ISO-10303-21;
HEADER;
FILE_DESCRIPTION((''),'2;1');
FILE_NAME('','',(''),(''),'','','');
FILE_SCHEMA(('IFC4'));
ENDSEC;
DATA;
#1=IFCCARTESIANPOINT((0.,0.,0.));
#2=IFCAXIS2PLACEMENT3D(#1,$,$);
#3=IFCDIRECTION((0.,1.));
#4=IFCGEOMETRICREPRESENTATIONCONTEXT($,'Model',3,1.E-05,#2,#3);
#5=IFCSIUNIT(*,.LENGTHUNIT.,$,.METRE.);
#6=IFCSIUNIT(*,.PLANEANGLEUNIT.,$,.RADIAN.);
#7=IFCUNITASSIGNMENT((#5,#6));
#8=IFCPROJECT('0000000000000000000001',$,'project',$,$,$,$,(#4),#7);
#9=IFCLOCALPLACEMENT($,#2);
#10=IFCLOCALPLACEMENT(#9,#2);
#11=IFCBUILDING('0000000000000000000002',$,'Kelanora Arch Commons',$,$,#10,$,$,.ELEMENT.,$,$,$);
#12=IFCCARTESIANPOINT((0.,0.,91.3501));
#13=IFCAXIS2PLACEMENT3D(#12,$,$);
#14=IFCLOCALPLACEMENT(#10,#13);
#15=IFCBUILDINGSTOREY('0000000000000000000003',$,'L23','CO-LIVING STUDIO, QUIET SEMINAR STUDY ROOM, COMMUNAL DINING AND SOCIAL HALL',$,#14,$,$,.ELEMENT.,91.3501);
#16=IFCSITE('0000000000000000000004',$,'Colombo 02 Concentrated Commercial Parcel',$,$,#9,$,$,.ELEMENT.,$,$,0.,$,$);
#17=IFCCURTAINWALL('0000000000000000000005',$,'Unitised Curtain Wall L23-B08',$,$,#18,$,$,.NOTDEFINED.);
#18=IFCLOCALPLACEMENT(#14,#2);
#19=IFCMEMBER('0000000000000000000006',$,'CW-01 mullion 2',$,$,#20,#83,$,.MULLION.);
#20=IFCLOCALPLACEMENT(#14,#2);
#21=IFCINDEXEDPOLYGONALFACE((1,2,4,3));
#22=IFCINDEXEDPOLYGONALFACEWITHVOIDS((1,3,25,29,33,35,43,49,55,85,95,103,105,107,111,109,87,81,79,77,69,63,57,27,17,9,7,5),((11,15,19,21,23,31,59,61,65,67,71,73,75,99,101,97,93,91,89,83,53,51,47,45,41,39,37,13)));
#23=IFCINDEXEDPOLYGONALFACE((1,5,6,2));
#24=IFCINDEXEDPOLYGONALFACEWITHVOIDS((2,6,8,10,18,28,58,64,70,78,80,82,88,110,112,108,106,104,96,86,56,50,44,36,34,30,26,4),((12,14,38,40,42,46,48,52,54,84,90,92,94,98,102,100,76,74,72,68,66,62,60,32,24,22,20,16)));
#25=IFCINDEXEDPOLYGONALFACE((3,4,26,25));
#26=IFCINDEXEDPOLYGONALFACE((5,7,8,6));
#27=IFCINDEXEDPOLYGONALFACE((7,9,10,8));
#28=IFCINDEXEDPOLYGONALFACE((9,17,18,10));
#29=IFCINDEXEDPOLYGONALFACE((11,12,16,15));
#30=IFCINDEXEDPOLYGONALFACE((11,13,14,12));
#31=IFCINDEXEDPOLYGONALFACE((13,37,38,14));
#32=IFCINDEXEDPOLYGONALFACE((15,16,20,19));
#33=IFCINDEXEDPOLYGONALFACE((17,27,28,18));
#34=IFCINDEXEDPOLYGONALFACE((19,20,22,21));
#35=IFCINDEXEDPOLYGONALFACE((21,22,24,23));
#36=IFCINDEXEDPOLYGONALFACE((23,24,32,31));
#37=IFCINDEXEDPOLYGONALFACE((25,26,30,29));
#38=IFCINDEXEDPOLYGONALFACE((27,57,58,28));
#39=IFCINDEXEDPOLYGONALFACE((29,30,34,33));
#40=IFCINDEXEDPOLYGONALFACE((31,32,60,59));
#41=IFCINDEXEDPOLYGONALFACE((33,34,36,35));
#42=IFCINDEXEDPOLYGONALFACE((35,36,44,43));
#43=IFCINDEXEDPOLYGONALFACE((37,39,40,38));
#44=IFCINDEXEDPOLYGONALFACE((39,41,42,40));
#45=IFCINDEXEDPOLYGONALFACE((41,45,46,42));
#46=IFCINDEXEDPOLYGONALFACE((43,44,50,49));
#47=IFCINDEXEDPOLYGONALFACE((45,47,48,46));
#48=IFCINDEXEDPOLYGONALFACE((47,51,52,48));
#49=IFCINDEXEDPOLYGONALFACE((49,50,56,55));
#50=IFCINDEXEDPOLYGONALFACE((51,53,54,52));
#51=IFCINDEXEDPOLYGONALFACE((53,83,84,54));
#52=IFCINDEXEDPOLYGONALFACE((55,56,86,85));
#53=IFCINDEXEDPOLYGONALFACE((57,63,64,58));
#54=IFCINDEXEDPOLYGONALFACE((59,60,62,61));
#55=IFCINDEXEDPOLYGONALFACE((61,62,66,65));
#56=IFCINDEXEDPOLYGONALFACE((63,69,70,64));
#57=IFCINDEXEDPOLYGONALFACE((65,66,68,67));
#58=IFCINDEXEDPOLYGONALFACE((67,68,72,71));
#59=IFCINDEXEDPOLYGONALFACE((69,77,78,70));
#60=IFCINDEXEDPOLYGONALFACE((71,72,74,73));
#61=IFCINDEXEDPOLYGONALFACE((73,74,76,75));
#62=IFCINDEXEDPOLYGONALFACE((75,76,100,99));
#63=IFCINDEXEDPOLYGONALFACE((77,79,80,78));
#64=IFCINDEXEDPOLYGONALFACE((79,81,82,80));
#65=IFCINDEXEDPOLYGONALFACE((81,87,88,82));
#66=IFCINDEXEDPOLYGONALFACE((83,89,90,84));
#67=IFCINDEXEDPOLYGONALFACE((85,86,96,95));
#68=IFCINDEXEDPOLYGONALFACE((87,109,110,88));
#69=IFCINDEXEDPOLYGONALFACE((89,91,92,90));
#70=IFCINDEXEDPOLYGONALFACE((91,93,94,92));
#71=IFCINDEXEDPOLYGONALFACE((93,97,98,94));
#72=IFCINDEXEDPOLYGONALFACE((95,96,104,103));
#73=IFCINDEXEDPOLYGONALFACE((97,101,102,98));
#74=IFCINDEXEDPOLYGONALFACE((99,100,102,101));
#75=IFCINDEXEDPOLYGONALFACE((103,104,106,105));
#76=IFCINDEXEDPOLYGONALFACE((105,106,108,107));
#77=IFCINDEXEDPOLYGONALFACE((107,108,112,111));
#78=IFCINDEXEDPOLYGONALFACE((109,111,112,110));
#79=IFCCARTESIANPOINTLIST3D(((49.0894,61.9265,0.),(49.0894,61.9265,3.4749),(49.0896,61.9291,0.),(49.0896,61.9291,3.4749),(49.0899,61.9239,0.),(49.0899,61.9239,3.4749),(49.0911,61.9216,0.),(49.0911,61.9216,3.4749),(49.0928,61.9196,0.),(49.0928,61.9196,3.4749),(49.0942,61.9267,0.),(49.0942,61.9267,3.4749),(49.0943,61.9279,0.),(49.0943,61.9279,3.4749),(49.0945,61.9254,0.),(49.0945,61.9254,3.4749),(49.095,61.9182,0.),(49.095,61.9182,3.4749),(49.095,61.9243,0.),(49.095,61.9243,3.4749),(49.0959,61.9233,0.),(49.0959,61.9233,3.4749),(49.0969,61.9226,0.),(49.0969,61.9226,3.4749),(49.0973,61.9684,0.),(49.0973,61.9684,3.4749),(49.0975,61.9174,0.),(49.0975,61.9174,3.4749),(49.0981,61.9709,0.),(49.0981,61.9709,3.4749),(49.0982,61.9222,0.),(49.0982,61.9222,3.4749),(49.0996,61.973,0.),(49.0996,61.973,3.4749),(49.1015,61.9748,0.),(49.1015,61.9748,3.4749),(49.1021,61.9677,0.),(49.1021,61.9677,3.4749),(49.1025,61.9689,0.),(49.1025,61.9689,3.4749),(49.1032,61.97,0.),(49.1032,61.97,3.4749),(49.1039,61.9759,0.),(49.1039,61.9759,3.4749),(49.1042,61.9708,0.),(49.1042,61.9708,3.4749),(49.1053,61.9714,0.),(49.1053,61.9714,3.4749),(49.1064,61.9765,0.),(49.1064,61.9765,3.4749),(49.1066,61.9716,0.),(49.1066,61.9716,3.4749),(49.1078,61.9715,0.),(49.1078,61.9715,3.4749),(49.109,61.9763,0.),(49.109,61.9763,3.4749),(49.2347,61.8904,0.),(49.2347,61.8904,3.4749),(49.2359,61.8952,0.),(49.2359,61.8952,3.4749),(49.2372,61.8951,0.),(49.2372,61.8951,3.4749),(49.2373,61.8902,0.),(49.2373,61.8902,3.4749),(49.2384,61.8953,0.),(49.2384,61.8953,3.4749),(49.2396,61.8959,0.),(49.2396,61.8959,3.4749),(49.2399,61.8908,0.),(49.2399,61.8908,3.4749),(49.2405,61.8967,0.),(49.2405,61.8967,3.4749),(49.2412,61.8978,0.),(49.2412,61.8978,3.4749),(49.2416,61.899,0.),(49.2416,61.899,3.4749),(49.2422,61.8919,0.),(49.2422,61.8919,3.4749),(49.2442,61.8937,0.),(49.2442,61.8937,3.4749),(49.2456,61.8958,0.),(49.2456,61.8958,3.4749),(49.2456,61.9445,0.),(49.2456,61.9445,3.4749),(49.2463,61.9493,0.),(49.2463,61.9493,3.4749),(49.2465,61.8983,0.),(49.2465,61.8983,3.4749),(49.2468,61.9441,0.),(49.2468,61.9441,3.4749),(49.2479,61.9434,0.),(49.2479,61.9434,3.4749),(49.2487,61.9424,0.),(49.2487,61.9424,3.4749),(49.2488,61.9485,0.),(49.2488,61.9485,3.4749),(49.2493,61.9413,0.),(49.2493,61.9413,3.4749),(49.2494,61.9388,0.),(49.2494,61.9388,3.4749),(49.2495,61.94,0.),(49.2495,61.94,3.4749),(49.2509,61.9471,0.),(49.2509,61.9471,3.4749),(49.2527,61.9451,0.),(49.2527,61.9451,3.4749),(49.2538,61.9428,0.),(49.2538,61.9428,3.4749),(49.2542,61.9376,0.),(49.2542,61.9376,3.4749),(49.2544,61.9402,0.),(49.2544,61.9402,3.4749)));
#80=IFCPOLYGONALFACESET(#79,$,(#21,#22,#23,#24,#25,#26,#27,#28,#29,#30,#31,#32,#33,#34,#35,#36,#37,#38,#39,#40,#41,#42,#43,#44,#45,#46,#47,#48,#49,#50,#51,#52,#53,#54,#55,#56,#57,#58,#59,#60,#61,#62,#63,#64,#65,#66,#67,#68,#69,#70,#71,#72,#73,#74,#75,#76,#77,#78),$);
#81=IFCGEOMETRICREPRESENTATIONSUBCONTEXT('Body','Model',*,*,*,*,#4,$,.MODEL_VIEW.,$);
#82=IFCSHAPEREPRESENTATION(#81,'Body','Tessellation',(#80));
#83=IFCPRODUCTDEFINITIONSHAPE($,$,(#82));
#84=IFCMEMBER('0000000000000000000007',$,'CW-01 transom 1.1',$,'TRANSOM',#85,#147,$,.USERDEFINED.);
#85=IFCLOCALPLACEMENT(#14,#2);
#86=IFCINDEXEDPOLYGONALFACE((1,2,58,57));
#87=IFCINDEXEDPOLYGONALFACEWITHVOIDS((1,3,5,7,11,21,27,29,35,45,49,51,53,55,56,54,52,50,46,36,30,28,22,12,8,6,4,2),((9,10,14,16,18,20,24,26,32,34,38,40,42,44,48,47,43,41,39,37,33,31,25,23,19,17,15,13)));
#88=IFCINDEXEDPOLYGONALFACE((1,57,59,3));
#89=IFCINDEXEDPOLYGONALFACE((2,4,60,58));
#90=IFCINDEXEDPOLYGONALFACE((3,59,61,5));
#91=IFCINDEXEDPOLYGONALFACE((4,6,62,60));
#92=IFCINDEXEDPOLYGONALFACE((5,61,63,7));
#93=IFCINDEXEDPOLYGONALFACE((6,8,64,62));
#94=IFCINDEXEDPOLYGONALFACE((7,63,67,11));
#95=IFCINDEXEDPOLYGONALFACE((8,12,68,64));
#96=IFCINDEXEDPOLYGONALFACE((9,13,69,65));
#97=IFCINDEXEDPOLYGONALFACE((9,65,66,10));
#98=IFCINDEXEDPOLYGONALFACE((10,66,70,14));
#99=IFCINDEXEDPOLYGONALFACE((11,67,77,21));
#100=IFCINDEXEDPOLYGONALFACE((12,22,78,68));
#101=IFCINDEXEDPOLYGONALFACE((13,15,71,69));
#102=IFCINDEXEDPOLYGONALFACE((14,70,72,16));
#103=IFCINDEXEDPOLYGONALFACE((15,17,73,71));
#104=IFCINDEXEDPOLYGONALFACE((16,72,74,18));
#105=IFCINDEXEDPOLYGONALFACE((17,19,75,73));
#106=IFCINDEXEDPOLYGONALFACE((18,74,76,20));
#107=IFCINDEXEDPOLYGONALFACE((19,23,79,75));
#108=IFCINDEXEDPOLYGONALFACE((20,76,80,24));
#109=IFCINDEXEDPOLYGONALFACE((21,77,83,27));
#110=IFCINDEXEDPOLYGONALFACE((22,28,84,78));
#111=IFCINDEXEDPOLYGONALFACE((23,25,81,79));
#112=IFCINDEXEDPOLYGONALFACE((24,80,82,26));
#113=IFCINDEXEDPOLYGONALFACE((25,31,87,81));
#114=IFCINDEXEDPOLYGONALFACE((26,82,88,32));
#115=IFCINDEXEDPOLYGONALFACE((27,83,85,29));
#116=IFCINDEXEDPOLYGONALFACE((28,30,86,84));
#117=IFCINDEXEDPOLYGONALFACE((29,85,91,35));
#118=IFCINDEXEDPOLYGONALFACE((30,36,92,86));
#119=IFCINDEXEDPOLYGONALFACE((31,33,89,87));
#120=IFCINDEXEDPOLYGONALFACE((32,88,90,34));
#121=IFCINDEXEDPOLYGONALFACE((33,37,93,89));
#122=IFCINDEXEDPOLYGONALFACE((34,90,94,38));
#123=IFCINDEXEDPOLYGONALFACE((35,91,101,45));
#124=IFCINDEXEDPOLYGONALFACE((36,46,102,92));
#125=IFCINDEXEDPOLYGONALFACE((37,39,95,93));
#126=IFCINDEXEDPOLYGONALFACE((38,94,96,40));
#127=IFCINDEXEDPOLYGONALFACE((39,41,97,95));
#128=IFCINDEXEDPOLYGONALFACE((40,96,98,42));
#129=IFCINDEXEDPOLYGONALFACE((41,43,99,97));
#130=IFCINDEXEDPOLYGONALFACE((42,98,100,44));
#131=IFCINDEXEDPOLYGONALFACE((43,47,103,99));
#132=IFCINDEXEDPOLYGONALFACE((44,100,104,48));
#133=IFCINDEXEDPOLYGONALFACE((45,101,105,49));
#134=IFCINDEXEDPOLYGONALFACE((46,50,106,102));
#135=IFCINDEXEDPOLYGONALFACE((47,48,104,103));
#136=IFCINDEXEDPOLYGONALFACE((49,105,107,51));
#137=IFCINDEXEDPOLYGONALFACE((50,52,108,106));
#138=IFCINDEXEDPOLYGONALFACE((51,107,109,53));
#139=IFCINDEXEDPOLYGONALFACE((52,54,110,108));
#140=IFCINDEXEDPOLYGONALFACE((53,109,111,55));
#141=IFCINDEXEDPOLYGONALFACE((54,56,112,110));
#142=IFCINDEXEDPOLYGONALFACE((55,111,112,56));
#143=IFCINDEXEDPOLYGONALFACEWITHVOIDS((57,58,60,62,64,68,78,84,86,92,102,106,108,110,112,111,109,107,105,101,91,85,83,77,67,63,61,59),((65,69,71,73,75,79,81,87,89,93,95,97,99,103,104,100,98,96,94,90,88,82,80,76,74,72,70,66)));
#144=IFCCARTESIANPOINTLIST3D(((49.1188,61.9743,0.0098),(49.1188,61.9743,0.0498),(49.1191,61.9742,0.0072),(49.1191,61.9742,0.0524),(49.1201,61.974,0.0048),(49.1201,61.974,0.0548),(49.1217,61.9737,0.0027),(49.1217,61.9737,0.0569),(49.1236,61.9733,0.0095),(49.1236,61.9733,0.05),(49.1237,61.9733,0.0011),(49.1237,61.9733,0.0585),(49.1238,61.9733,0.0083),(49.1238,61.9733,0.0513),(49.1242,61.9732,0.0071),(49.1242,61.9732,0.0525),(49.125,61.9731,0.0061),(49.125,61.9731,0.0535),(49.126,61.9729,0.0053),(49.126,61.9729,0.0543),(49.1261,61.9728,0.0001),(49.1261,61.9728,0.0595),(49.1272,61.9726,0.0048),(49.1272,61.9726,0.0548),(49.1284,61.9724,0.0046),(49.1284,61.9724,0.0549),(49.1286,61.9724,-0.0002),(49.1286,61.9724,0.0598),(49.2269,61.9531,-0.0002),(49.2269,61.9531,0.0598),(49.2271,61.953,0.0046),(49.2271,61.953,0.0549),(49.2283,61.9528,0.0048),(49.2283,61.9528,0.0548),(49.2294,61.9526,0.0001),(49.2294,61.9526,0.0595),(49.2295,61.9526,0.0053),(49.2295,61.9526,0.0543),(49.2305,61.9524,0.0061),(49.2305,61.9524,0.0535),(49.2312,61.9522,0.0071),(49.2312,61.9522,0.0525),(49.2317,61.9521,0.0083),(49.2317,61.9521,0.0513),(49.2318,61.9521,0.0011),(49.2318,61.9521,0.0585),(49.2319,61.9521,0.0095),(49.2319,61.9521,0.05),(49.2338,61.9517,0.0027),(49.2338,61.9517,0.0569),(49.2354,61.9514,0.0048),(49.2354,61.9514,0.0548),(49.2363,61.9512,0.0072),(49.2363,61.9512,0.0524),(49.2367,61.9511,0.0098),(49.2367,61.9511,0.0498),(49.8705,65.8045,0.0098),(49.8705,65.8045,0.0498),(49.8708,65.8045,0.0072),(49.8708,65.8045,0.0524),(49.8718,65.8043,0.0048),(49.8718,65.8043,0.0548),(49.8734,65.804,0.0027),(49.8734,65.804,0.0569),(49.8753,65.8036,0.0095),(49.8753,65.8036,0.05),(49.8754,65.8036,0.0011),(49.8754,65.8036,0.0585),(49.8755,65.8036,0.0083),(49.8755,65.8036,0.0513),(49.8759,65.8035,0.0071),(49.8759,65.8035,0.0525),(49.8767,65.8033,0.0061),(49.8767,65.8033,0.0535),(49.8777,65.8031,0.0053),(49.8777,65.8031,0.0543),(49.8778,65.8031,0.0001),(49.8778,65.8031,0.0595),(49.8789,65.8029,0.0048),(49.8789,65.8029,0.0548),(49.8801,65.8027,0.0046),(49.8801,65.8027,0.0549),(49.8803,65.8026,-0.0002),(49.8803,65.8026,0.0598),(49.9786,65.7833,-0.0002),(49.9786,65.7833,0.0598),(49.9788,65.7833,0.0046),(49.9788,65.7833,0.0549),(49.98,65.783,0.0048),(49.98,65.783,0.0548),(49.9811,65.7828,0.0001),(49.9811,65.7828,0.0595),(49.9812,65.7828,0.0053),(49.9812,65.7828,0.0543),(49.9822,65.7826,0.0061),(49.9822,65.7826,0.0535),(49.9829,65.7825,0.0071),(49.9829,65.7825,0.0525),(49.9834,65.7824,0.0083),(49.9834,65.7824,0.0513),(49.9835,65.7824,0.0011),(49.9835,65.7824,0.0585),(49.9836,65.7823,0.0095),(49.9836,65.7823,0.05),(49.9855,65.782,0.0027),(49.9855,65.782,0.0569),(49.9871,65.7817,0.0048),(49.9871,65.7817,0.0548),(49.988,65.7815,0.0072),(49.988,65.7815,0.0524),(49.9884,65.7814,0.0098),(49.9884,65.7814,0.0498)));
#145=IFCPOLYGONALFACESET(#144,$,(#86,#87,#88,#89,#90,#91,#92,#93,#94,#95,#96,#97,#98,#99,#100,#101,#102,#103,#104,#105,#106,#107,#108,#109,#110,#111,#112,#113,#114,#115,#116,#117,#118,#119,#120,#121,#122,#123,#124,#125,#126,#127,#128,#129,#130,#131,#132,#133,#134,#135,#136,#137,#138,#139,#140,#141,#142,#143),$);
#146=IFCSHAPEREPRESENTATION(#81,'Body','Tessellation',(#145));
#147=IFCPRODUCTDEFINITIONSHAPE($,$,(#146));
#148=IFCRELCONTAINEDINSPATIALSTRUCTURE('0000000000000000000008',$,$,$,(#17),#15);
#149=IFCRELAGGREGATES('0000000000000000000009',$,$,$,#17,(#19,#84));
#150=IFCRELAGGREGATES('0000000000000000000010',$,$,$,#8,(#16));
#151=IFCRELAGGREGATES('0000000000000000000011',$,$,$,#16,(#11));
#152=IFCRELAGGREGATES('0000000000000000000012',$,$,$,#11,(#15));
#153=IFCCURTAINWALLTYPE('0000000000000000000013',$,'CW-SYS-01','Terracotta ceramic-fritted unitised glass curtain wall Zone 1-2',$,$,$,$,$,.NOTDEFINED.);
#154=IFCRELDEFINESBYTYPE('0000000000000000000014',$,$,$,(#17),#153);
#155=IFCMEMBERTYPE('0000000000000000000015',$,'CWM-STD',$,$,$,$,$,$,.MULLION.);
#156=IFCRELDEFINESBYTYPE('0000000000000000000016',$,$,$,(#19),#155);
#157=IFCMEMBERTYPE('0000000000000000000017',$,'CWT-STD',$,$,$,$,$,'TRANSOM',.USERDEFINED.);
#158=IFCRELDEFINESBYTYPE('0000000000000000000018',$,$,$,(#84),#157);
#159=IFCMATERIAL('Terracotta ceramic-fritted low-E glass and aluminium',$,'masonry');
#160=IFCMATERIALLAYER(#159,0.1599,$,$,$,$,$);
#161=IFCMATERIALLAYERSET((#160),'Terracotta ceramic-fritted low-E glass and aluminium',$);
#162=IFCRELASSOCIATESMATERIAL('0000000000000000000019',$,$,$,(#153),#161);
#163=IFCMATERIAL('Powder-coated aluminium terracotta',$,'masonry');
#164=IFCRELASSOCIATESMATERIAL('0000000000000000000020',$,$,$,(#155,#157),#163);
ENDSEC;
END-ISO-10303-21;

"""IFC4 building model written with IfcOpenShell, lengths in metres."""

from ifc_helpers import new_model, si_unit, direction, frame, origin, origin_2d, place, context, subcontext, project, spatial, hollow_rectangle, extrude, material, layer, layer_set, material_profile, profile_set, type_object, element, aggregate, save


model = new_model("IFC4")

# Units and contexts
model_context = context("Model", 3, precision=1e-05, world=origin(), true_north=direction((0.0, 1.0)))
body_context = subcontext(model_context, "Body", "Model", "MODEL_VIEW")
ifc_project = project(units=[si_unit("LENGTHUNIT", "METRE"), si_unit("PLANEANGLEUNIT", "RADIAN")], contexts=[model_context])

# Site, building, storey
site_placement = place(None, origin())
site = spatial("IfcSite", under=ifc_project, at=site_placement, Name="Colombo 02 Concentrated Commercial Parcel", CompositionType="ELEMENT", RefElevation=0.0)
building_placement = place(site_placement, origin())
building = spatial("IfcBuilding", under=site, at=building_placement, Name="Kelanora Arch Commons", CompositionType="ELEMENT")
storey_placement = place(building_placement, frame((0.0, 0.0, 91.3501)))
storey = spatial("IfcBuildingStorey", under=building, at=storey_placement, Name="L23", Description="CO-LIVING STUDIO, QUIET SEMINAR STUDY ROOM, COMMUNAL DINING AND SOCIAL HALL", CompositionType="ELEMENT", Elevation=91.3501)

# Curtain wall, members
ifc_material_1 = material(Name="Terracotta ceramic-fritted low-E glass and aluminium", Category="masonry")
ifc_layer_1 = layer(ifc_material_1, 0.1599)
ifc_layer_set_1 = layer_set([ifc_layer_1], Name="Terracotta ceramic-fritted low-E glass and aluminium")
curtain_wall_type = type_object("IfcCurtainWallType", Name="CW-SYS-01", Description="Terracotta ceramic-fritted unitised glass curtain wall Zone 1-2", PredefinedType="NOTDEFINED", material=ifc_layer_set_1)
curtain_wall_placement = place(storey_placement, origin())
curtain_wall = element("IfcCurtainWall", 1, at=curtain_wall_placement, inside=storey, type_object=curtain_wall_type, Name="Unitised Curtain Wall L23-B08", PredefinedType="NOTDEFINED")
ifc_material_2 = material(Name="Powder-coated aluminium terracotta", Category="masonry")
ifc_material_profile_1 = material_profile(ifc_material_2, hollow_rectangle(XDim=0.1599, YDim=0.0601, WallThickness=0.0049, InnerFilletRadius=0.0049, OuterFilletRadius=0.01, at=origin_2d()), Name="CWM160x60")
ifc_profile_set_1 = profile_set([ifc_material_profile_1], Name="Powder-coated aluminium terracotta")
member_type_1 = type_object("IfcMemberType", Name="CWM-STD", PredefinedType="MULLION", material=ifc_profile_set_1)
member_1_placement = place(storey_placement, frame((49.1719, 61.9333, 0.0), z_axis=(0.0, 0.0, 1.0), x_axis=(0.98128, -0.192585, 0.0)))
member_1 = element("IfcMember", 2, at=member_1_placement, type_object=member_type_1, Name="CW-01 mullion 2", PredefinedType="MULLION", context=body_context, shape_type="SweptSolid", body=[
    extrude(hollow_rectangle(XDim=0.1599, YDim=0.0601, WallThickness=0.0049, InnerFilletRadius=0.0049, OuterFilletRadius=0.01, at=origin_2d()), origin(), (0.0, 0.0, 1.0), 3.4749),
])
ifc_material_profile_2 = material_profile(ifc_material_2, hollow_rectangle(XDim=0.1201, YDim=0.0601, WallThickness=0.0049, InnerFilletRadius=0.0049, OuterFilletRadius=0.01, at=origin_2d()), Name="CWT120x60")
ifc_profile_set_2 = profile_set([ifc_material_profile_2], Name="Powder-coated aluminium terracotta")
member_type_2 = type_object("IfcMemberType", Name="CWT-STD", ElementType="TRANSOM", PredefinedType="USERDEFINED", material=ifc_profile_set_2)
member_2_placement = place(storey_placement, frame((49.9294, 65.793, 0.0298), z_axis=(-0.192579, -0.981282, 0.0), x_axis=(0.981282, -0.192579, 0.0)))
member_2 = element("IfcMember", 3, at=member_2_placement, type_object=member_type_2, Name="CW-01 transom 1.1", ObjectType="TRANSOM", PredefinedType="USERDEFINED", context=body_context, shape_type="SweptSolid", body=[
    extrude(hollow_rectangle(XDim=0.1201, YDim=0.0601, WallThickness=0.0049, InnerFilletRadius=0.0049, OuterFilletRadius=0.01, at=origin_2d()), origin(), (0.0, 0.0, 1.0), 3.9033),
])
aggregate(curtain_wall, [member_1, member_2])

save(model, "model.ifc")
